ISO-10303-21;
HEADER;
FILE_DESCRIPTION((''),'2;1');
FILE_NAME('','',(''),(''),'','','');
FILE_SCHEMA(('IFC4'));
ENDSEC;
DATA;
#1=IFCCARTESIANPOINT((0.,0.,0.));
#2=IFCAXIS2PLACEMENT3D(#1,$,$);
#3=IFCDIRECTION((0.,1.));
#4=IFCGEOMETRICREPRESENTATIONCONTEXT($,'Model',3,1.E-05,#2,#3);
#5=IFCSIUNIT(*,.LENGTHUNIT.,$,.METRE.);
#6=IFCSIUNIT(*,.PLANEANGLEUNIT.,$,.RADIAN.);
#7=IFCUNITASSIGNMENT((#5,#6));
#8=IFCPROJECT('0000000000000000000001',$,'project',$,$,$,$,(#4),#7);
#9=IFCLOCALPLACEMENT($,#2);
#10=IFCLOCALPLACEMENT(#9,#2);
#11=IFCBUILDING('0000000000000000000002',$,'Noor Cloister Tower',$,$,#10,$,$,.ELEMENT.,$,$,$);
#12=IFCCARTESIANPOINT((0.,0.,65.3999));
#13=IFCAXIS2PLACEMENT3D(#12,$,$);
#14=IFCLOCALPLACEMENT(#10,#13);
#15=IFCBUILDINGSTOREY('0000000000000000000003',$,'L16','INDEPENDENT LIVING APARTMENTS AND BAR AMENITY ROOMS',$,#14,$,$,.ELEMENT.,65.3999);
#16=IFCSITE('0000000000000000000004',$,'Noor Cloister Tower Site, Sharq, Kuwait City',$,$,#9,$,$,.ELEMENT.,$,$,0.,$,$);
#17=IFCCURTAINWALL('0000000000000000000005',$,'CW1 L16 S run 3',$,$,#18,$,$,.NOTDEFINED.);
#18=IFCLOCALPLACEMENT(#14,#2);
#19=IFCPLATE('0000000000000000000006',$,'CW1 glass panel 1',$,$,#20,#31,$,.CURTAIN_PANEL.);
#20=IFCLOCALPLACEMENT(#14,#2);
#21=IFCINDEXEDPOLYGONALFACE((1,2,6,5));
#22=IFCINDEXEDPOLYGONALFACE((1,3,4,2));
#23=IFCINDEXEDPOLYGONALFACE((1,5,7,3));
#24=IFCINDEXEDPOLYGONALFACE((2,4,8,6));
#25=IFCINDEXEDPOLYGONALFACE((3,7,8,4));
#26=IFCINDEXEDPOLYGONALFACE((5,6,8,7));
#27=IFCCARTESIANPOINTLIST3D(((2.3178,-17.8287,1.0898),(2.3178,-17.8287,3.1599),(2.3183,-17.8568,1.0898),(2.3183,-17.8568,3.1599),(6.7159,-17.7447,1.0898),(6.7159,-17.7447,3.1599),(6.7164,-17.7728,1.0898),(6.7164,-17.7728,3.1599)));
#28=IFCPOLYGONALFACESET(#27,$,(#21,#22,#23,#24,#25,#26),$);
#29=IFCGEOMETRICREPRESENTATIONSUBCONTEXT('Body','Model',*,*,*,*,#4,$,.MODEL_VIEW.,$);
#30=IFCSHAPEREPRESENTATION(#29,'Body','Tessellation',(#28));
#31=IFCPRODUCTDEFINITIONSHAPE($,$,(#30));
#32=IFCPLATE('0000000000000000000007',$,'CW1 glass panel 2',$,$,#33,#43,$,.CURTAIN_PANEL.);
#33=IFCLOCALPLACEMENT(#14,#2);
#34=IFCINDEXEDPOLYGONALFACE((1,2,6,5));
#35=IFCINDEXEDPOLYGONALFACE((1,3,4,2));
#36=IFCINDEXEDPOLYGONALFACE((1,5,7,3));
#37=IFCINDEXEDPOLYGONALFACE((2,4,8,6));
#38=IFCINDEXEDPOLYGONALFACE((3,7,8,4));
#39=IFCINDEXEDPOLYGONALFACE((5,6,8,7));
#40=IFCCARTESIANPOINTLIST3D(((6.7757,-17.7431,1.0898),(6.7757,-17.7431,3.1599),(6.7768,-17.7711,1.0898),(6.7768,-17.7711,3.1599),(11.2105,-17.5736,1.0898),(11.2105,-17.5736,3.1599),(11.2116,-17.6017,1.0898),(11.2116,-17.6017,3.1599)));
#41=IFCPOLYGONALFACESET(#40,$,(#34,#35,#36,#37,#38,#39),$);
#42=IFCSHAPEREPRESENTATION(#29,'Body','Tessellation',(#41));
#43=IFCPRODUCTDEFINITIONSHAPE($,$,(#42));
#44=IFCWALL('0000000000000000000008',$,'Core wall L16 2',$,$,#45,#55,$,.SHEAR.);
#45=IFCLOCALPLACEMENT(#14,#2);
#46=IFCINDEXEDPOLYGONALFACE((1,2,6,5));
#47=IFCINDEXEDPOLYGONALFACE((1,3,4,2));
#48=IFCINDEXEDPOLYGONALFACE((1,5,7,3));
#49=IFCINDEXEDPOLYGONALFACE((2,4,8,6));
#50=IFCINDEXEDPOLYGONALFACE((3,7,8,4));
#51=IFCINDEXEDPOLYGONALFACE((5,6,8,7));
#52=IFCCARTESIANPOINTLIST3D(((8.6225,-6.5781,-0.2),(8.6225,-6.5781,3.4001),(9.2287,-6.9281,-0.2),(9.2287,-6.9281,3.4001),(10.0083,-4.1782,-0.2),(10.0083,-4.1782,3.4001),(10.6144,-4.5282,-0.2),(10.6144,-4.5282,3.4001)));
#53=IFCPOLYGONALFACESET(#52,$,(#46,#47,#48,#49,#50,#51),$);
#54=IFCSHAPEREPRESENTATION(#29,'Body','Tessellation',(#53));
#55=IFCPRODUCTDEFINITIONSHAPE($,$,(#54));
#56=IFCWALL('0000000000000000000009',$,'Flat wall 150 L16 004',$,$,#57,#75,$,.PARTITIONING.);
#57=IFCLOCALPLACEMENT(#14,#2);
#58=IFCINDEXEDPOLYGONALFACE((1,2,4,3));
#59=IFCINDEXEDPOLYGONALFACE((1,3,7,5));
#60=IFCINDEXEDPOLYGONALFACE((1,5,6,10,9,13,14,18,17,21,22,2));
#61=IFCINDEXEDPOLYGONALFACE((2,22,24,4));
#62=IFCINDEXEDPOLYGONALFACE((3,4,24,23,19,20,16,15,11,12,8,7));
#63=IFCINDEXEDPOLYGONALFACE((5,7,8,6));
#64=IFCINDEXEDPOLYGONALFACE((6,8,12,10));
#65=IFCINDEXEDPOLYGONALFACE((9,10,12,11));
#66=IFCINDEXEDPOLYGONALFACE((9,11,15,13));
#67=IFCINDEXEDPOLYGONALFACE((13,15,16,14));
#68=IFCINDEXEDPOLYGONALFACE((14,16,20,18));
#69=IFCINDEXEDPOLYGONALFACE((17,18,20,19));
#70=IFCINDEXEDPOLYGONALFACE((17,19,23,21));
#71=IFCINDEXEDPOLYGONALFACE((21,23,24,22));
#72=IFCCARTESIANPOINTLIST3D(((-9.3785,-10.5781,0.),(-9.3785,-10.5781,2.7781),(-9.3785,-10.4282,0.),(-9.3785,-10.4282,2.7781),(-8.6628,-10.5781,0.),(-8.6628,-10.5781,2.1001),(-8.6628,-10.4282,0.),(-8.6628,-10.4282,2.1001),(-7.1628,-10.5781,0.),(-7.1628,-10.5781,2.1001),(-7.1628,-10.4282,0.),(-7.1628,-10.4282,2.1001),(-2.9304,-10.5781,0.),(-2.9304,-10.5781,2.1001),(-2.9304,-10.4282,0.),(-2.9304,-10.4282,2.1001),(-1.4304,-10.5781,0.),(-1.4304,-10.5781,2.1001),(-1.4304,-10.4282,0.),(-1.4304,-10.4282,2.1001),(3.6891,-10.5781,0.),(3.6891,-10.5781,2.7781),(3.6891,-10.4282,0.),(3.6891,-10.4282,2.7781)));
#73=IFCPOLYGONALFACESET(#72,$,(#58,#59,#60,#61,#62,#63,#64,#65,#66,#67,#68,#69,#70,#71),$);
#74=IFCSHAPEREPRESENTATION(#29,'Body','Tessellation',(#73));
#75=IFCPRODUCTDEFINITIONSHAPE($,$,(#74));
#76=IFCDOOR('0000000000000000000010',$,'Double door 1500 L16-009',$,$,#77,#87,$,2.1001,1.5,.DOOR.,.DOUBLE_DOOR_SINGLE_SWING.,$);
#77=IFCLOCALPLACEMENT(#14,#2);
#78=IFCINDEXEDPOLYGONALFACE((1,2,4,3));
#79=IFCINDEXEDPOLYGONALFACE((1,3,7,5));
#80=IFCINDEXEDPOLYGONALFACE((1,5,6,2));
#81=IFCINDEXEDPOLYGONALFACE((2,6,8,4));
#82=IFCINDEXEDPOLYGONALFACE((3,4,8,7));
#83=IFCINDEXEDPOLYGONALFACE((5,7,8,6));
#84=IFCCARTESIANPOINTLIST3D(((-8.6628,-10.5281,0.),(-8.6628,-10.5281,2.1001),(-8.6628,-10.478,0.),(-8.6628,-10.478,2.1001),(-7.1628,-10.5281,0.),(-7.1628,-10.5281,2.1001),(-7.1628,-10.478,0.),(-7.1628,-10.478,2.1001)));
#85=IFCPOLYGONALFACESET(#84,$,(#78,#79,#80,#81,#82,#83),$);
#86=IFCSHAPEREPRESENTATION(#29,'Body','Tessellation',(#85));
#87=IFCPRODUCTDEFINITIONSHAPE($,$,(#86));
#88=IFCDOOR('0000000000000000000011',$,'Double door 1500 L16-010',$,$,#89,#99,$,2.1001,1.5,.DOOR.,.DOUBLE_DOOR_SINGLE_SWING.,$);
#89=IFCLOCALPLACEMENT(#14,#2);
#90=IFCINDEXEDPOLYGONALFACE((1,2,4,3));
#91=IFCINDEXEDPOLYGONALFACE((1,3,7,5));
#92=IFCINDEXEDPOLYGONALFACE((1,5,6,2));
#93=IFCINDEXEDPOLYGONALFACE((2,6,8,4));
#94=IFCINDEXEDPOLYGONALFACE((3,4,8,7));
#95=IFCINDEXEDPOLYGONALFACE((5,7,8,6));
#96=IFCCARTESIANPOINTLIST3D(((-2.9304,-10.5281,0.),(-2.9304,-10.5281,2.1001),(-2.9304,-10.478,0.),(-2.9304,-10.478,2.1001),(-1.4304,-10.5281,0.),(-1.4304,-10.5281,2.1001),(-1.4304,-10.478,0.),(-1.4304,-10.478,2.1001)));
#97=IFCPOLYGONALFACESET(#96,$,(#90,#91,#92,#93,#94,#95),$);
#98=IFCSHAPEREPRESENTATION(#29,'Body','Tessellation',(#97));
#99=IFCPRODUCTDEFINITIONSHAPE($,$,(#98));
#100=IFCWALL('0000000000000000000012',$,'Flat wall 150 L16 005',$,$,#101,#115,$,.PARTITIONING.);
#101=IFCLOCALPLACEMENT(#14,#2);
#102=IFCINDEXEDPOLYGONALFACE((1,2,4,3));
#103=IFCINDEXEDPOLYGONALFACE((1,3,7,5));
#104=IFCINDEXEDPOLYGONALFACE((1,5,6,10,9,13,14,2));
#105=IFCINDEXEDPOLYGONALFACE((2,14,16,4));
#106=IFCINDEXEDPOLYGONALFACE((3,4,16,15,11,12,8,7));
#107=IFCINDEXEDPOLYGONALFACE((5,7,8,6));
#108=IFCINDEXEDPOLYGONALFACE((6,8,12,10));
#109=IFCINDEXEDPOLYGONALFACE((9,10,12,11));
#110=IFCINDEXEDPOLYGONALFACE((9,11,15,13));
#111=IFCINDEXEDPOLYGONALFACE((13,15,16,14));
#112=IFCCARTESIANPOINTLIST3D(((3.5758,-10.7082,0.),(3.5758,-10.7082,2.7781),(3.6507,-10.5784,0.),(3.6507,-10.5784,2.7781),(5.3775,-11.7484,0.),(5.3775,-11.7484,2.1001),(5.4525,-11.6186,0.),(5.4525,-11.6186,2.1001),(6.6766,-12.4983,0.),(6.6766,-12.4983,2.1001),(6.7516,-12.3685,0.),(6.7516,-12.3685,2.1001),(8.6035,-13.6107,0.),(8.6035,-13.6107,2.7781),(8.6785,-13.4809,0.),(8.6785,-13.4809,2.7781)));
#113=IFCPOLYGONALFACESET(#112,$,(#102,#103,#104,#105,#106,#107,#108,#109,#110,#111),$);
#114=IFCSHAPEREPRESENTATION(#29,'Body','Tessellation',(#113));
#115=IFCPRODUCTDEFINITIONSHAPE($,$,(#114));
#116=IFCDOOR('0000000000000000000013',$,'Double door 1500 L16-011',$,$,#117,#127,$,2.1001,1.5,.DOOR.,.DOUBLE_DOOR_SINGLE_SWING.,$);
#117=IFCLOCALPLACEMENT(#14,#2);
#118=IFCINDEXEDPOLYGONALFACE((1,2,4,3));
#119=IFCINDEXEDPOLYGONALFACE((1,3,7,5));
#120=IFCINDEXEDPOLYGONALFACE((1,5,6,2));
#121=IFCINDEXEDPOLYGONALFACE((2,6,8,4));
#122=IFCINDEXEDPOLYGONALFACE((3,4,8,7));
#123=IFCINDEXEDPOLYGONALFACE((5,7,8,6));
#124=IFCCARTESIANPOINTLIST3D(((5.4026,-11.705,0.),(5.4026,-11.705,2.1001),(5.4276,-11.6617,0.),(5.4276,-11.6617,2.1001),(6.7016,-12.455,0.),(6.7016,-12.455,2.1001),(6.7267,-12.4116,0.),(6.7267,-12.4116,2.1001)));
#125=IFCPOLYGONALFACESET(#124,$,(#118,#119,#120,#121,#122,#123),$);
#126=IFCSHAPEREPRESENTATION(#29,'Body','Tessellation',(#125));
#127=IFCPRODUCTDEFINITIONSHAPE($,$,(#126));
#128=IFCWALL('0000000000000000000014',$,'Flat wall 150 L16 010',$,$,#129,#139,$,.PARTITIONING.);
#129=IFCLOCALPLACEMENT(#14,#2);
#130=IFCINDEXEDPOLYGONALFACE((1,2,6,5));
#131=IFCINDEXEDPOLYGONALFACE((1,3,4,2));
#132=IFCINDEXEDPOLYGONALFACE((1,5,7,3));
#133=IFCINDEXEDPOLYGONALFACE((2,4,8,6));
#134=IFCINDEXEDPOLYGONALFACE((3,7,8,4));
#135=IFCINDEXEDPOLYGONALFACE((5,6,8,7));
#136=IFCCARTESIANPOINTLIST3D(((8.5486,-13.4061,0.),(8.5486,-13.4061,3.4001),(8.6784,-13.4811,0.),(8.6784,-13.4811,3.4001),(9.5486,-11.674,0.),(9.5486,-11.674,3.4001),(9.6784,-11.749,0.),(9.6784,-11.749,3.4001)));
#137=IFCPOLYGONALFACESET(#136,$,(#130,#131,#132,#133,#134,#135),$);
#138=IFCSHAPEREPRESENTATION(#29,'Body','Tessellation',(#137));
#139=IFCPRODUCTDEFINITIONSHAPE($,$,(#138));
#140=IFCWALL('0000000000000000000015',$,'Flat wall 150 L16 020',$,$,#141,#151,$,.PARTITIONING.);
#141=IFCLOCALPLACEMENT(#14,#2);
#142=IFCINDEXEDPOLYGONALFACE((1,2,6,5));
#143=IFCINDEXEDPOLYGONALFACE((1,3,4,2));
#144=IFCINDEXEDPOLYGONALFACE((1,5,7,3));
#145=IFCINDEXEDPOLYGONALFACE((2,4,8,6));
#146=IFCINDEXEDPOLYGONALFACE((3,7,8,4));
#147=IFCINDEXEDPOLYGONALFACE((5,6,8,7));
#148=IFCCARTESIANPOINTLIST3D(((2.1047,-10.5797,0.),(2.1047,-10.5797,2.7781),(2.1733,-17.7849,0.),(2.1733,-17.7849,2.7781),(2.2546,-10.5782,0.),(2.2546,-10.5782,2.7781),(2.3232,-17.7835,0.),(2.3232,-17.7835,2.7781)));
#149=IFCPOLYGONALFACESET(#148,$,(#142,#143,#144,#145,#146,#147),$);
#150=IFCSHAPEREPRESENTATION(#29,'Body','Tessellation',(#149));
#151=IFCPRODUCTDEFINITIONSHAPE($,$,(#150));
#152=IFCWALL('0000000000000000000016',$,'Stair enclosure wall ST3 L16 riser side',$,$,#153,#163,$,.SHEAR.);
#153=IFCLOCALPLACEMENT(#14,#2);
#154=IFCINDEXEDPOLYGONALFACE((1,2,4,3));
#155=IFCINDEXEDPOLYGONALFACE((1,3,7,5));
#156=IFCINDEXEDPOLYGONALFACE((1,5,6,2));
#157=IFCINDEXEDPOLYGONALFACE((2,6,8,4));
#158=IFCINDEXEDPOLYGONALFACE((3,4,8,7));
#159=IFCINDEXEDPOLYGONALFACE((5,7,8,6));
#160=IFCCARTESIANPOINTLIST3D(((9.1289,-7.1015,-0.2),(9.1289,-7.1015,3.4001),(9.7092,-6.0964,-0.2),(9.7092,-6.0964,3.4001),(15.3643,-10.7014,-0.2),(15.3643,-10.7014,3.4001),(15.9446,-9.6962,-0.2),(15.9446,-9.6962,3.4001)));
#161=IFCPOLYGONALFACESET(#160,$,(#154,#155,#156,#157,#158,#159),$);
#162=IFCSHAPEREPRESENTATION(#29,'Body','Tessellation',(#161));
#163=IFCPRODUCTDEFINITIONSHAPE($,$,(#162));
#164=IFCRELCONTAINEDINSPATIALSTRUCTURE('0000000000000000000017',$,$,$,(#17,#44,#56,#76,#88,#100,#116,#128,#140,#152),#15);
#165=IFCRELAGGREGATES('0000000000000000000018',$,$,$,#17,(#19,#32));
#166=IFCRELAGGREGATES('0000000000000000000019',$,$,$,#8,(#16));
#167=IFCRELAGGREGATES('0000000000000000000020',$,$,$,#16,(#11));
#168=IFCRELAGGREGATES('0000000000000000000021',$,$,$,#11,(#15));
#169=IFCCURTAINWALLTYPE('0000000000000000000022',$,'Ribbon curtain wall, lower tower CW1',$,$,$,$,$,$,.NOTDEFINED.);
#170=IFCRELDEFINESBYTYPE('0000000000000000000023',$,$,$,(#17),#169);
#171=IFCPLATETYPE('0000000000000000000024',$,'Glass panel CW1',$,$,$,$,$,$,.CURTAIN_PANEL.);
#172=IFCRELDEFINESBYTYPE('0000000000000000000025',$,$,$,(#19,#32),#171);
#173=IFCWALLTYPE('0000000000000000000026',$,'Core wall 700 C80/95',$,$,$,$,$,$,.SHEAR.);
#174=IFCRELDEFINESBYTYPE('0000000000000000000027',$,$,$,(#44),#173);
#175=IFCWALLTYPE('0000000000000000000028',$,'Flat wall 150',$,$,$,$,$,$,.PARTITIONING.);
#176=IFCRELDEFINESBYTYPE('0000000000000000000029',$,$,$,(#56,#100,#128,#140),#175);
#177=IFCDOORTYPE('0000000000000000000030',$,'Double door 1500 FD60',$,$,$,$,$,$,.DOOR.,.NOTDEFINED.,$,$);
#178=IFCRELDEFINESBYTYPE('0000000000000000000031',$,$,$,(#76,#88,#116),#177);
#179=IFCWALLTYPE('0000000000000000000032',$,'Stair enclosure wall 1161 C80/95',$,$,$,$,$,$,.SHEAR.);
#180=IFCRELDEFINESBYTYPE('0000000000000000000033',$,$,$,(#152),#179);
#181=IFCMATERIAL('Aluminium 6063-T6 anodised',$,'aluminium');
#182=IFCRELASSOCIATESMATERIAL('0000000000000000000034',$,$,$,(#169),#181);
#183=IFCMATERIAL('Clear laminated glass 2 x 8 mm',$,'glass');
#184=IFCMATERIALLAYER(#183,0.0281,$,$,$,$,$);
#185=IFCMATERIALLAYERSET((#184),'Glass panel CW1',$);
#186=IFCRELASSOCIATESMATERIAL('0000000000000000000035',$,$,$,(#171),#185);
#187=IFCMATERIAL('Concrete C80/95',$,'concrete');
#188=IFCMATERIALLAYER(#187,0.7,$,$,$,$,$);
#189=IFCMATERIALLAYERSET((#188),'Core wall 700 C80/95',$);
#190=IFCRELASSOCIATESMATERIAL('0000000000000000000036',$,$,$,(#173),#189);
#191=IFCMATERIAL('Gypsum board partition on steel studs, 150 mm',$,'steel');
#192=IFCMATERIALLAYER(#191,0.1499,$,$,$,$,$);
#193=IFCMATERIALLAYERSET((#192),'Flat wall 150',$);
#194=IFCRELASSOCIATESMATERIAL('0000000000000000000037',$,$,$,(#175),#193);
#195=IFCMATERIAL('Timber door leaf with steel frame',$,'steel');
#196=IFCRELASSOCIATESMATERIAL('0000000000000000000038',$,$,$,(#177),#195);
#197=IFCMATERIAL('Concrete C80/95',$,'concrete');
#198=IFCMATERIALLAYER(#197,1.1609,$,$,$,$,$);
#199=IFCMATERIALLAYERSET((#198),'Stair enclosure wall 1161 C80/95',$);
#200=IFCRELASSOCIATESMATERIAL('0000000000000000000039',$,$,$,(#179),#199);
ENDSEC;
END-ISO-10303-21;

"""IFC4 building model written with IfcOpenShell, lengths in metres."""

from ifc_helpers import new_model, si_unit, direction, frame, frame_2d, origin, origin_2d, place, context, subcontext, project, spatial, rectangle, extrude, material, layer, layer_set, type_object, element, fill, aggregate, save


model = new_model("IFC4")

# Units and contexts
model_context = context("Model", 3, precision=1e-05, world=origin(), true_north=direction((0.0, 1.0)))
body_context = subcontext(model_context, "Body", "Model", "MODEL_VIEW")
ifc_project = project(units=[si_unit("LENGTHUNIT", "METRE"), si_unit("PLANEANGLEUNIT", "RADIAN")], contexts=[model_context])

# Site, building, storey
site_placement = place(None, origin())
site = spatial("IfcSite", under=ifc_project, at=site_placement, Name="Noor Cloister Tower Site, Sharq, Kuwait City", CompositionType="ELEMENT", RefElevation=0.0)
building_placement = place(site_placement, origin())
building = spatial("IfcBuilding", under=site, at=building_placement, Name="Noor Cloister Tower", CompositionType="ELEMENT")
storey_placement = place(building_placement, frame((0.0, 0.0, 65.3999)))
storey = spatial("IfcBuildingStorey", under=building, at=storey_placement, Name="L16", Description="INDEPENDENT LIVING APARTMENTS AND BAR AMENITY ROOMS", CompositionType="ELEMENT", Elevation=65.3999)

# Curtain wall
ifc_material_1 = material(Name="Aluminium 6063-T6 anodised", Category="aluminium")
curtain_wall_type = type_object("IfcCurtainWallType", Name="Ribbon curtain wall, lower tower CW1", PredefinedType="NOTDEFINED", material=ifc_material_1)
curtain_wall_placement = place(storey_placement, origin())
curtain_wall = element("IfcCurtainWall", 1, at=curtain_wall_placement, inside=storey, type_object=curtain_wall_type, Name="CW1 L16 S run 3", PredefinedType="NOTDEFINED")

# Plates
ifc_material_2 = material(Name="Clear laminated glass 2 x 8 mm", Category="glass")
ifc_layer_1 = layer(ifc_material_2, 0.0281)
ifc_layer_set_1 = layer_set([ifc_layer_1], Name="Glass panel CW1")
plate_type = type_object("IfcPlateType", Name="Glass panel CW1", PredefinedType="CURTAIN_PANEL", material=ifc_layer_set_1)
plate_1_placement = place(storey_placement, frame((4.5171, -17.8008, 1.0898), z_axis=(0.0, 0.0, 1.0), x_axis=(0.999818, 0.019095, 0.0)))
plate_1 = element("IfcPlate", 2, at=plate_1_placement, type_object=plate_type, Name="CW1 glass panel 1", PredefinedType="CURTAIN_PANEL", context=body_context, shape_type="SweptSolid", body=[
    extrude(rectangle(XDim=4.3989, YDim=0.0281, at=origin_2d()), origin(), (0.0, 0.0, 1.0), 2.0701),
])
plate_2_placement = place(storey_placement, frame((8.9937, -17.6724, 1.0898), z_axis=(0.0, 0.0, 1.0), x_axis=(0.999271, 0.038183, 0.0)))
plate_2 = element("IfcPlate", 3, at=plate_2_placement, type_object=plate_type, Name="CW1 glass panel 2", PredefinedType="CURTAIN_PANEL", context=body_context, shape_type="SweptSolid", body=[
    extrude(rectangle(XDim=4.438, YDim=0.0281, at=origin_2d()), origin(), (0.0, 0.0, 1.0), 2.0701),
])
aggregate(curtain_wall, [plate_1, plate_2])

# Wall
ifc_material_3 = material(Name="Concrete C80/95", Category="concrete")
ifc_layer_2 = layer(ifc_material_3, 0.7)
ifc_layer_set_2 = layer_set([ifc_layer_2], Name="Core wall 700 C80/95")
wall_type_1 = type_object("IfcWallType", Name="Core wall 700 C80/95", PredefinedType="SHEAR", material=ifc_layer_set_2)
wall_1_placement = place(storey_placement, frame((8.9255, -6.7532, -0.2), z_axis=(0.0, 0.0, 1.0), x_axis=(0.500043, 0.866001, 0.0)))
element("IfcWall", 4, at=wall_1_placement, inside=storey, type_object=wall_type_1, Name="Core wall L16 2", PredefinedType="SHEAR", context=body_context, shape_type="SweptSolid", body=[
    extrude(rectangle(XDim=2.7712, YDim=0.7, at=frame_2d((1.3857, 0.0))), origin(), (0.0, 0.0, 1.0), 3.6001),
])

# Wall, openings, doors
ifc_material_4 = material(Name="Gypsum board partition on steel studs, 150 mm", Category="steel")
ifc_layer_3 = layer(ifc_material_4, 0.1499)
ifc_layer_set_3 = layer_set([ifc_layer_3], Name="Flat wall 150")
wall_type_2 = type_object("IfcWallType", Name="Flat wall 150", PredefinedType="PARTITIONING", material=ifc_layer_set_3)
wall_2_placement = place(storey_placement, frame((3.689, -10.5032, 0.0), z_axis=(0.0, 0.0, 1.0), x_axis=(-1.0, 0.0, 0.0)))
wall_2 = element("IfcWall", 5, at=wall_2_placement, inside=storey, type_object=wall_type_2, Name="Flat wall 150 L16 004", PredefinedType="PARTITIONING", context=body_context, shape_type="SweptSolid", body=[
    extrude(rectangle(XDim=13.0676, YDim=0.1499, at=frame_2d((6.5337, 0.0))), origin(), (0.0, 0.0, 1.0), 2.7781),
])
opening_1_placement = place(wall_2_placement, frame((10.8518, 0.0, 0.0)))
opening_1 = element("IfcOpeningElement", 6, at=opening_1_placement, cuts=wall_2, PredefinedType="OPENING", context=body_context, shape_type="SweptSolid", body=[
    extrude(rectangle(XDim=1.5, YDim=2.1001, at=frame_2d((0.75, 1.05))), frame((0.0, 0.085, 0.0), z_axis=(0.0, -1.0, 0.0), x_axis=(1.0, 0.0, 0.0)), (0.0, 0.0, 1.0), 0.1699),
])
opening_2_placement = place(wall_2_placement, frame((5.1194, 0.0, 0.0)))
opening_2 = element("IfcOpeningElement", 7, at=opening_2_placement, cuts=wall_2, PredefinedType="OPENING", context=body_context, shape_type="SweptSolid", body=[
    extrude(rectangle(XDim=1.5, YDim=2.1001, at=frame_2d((0.75, 1.05))), frame((0.0, 0.085, 0.0), z_axis=(0.0, -1.0, 0.0), x_axis=(1.0, 0.0, 0.0)), (0.0, 0.0, 1.0), 0.1699),
])
ifc_material_5 = material(Name="Timber door leaf with steel frame", Category="steel")
door_type_1 = type_object("IfcDoorType", Name="Double door 1500 FD60", OperationType="NOTDEFINED", PredefinedType="DOOR", material=ifc_material_5)
door_1_placement = place(opening_1_placement, origin())
door_1 = element("IfcDoor", 8, at=door_1_placement, inside=storey, type_object=door_type_1, Name="Double door 1500 L16-009", OperationType="DOUBLE_DOOR_SINGLE_SWING", OverallHeight=2.1001, OverallWidth=1.5, PredefinedType="DOOR", context=body_context, shape_type="SweptSolid", body=[
    extrude(rectangle(XDim=1.5, YDim=2.1001, at=frame_2d((0.75, 1.05))), frame((0.0, 0.0249, 0.0), z_axis=(0.0, -1.0, 0.0), x_axis=(1.0, 0.0, 0.0)), (0.0, 0.0, 1.0), 0.05),
])
fill(opening_1, door_1)
door_2_placement = place(opening_2_placement, origin())
door_2 = element("IfcDoor", 9, at=door_2_placement, inside=storey, type_object=door_type_1, Name="Double door 1500 L16-010", OperationType="DOUBLE_DOOR_SINGLE_SWING", OverallHeight=2.1001, OverallWidth=1.5, PredefinedType="DOOR", context=body_context, shape_type="SweptSolid", body=[
    extrude(rectangle(XDim=1.5, YDim=2.1001, at=frame_2d((0.75, 1.05))), frame((0.0, 0.0249, 0.0), z_axis=(0.0, -1.0, 0.0), x_axis=(1.0, 0.0, 0.0)), (0.0, 0.0, 1.0), 0.05),
])
fill(opening_2, door_2)

# Wall, opening, door
wall_3_placement = place(storey_placement, frame((8.6411, -13.5459, 0.0), z_axis=(0.0, 0.0, 1.0), x_axis=(-0.866043, 0.49997, 0.0)))
wall_3 = element("IfcWall", 10, at=wall_3_placement, inside=storey, type_object=wall_type_2, Name="Flat wall 150 L16 005", PredefinedType="PARTITIONING", context=body_context, shape_type="SweptSolid", body=[
    extrude(rectangle(XDim=5.8054, YDim=0.1499, at=frame_2d((2.9028, 0.0))), origin(), (0.0, 0.0, 1.0), 2.7781),
])
opening_3_placement = place(wall_3_placement, frame((2.2251, 0.0, 0.0)))
opening_3 = element("IfcOpeningElement", 11, at=opening_3_placement, cuts=wall_3, PredefinedType="OPENING", context=body_context, shape_type="SweptSolid", body=[
    extrude(rectangle(XDim=1.5, YDim=2.1001, at=frame_2d((0.75, 1.05))), frame((0.0, 0.085, 0.0), z_axis=(0.0, -1.0, 0.0), x_axis=(1.0, 0.0, 0.0)), (0.0, 0.0, 1.0), 0.1699),
])
door_3_placement = place(opening_3_placement, origin())
door_3 = element("IfcDoor", 12, at=door_3_placement, inside=storey, type_object=door_type_1, Name="Double door 1500 L16-011", OperationType="DOUBLE_DOOR_SINGLE_SWING", OverallHeight=2.1001, OverallWidth=1.5, PredefinedType="DOOR", context=body_context, shape_type="SweptSolid", body=[
    extrude(rectangle(XDim=1.5, YDim=2.1001, at=frame_2d((0.75, 1.05))), frame((0.0, 0.0249, 0.0), z_axis=(0.0, -1.0, 0.0), x_axis=(1.0, 0.0, 0.0)), (0.0, 0.0, 1.0), 0.05),
])
fill(opening_3, door_3)

# Walls
wall_4_placement = place(storey_placement, frame((8.6135, -13.4436, 0.0), z_axis=(0.0, 0.0, 1.0), x_axis=(0.499973, 0.866041, 0.0)))
element("IfcWall", 13, at=wall_4_placement, inside=storey, type_object=wall_type_2, Name="Flat wall 150 L16 010", PredefinedType="PARTITIONING", context=body_context, shape_type="SweptSolid", body=[
    extrude(rectangle(XDim=2.0, YDim=0.1499, at=frame_2d((1.0, 0.0))), origin(), (0.0, 0.0, 1.0), 3.4001),
])
wall_5_placement = place(storey_placement, frame((2.2483, -17.7842, 0.0), z_axis=(0.0, 0.0, 1.0), x_axis=(-0.009521, 0.999955, 0.0)))
element("IfcWall", 14, at=wall_5_placement, inside=storey, type_object=wall_type_2, Name="Flat wall 150 L16 020", PredefinedType="PARTITIONING", context=body_context, shape_type="SweptSolid", body=[
    extrude(rectangle(XDim=7.2056, YDim=0.1499, at=frame_2d((3.6028, 0.0))), origin(), (0.0, 0.0, 1.0), 2.7781),
])
ifc_material_6 = material(Name="Concrete C80/95", Category="concrete")
ifc_layer_4 = layer(ifc_material_6, 1.1609)
ifc_layer_set_4 = layer_set([ifc_layer_4], Name="Stair enclosure wall 1161 C80/95")
wall_type_3 = type_object("IfcWallType", Name="Stair enclosure wall 1161 C80/95", PredefinedType="SHEAR", material=ifc_layer_set_4)
wall_6_placement = place(storey_placement, frame((9.4189, -6.5989, -0.2), z_axis=(0.0, 0.0, 1.0), x_axis=(0.866033, -0.499987, 0.0)))
element("IfcWall", 15, at=wall_6_placement, inside=storey, type_object=wall_type_3, Name="Stair enclosure wall ST3 L16 riser side", PredefinedType="SHEAR", context=body_context, shape_type="SweptSolid", body=[
    extrude(rectangle(XDim=7.2, YDim=1.1606, at=frame_2d((3.6001, 0.0))), origin(), (0.0, 0.0, 1.0), 3.6001),
])

save(model, "model.ifc")
